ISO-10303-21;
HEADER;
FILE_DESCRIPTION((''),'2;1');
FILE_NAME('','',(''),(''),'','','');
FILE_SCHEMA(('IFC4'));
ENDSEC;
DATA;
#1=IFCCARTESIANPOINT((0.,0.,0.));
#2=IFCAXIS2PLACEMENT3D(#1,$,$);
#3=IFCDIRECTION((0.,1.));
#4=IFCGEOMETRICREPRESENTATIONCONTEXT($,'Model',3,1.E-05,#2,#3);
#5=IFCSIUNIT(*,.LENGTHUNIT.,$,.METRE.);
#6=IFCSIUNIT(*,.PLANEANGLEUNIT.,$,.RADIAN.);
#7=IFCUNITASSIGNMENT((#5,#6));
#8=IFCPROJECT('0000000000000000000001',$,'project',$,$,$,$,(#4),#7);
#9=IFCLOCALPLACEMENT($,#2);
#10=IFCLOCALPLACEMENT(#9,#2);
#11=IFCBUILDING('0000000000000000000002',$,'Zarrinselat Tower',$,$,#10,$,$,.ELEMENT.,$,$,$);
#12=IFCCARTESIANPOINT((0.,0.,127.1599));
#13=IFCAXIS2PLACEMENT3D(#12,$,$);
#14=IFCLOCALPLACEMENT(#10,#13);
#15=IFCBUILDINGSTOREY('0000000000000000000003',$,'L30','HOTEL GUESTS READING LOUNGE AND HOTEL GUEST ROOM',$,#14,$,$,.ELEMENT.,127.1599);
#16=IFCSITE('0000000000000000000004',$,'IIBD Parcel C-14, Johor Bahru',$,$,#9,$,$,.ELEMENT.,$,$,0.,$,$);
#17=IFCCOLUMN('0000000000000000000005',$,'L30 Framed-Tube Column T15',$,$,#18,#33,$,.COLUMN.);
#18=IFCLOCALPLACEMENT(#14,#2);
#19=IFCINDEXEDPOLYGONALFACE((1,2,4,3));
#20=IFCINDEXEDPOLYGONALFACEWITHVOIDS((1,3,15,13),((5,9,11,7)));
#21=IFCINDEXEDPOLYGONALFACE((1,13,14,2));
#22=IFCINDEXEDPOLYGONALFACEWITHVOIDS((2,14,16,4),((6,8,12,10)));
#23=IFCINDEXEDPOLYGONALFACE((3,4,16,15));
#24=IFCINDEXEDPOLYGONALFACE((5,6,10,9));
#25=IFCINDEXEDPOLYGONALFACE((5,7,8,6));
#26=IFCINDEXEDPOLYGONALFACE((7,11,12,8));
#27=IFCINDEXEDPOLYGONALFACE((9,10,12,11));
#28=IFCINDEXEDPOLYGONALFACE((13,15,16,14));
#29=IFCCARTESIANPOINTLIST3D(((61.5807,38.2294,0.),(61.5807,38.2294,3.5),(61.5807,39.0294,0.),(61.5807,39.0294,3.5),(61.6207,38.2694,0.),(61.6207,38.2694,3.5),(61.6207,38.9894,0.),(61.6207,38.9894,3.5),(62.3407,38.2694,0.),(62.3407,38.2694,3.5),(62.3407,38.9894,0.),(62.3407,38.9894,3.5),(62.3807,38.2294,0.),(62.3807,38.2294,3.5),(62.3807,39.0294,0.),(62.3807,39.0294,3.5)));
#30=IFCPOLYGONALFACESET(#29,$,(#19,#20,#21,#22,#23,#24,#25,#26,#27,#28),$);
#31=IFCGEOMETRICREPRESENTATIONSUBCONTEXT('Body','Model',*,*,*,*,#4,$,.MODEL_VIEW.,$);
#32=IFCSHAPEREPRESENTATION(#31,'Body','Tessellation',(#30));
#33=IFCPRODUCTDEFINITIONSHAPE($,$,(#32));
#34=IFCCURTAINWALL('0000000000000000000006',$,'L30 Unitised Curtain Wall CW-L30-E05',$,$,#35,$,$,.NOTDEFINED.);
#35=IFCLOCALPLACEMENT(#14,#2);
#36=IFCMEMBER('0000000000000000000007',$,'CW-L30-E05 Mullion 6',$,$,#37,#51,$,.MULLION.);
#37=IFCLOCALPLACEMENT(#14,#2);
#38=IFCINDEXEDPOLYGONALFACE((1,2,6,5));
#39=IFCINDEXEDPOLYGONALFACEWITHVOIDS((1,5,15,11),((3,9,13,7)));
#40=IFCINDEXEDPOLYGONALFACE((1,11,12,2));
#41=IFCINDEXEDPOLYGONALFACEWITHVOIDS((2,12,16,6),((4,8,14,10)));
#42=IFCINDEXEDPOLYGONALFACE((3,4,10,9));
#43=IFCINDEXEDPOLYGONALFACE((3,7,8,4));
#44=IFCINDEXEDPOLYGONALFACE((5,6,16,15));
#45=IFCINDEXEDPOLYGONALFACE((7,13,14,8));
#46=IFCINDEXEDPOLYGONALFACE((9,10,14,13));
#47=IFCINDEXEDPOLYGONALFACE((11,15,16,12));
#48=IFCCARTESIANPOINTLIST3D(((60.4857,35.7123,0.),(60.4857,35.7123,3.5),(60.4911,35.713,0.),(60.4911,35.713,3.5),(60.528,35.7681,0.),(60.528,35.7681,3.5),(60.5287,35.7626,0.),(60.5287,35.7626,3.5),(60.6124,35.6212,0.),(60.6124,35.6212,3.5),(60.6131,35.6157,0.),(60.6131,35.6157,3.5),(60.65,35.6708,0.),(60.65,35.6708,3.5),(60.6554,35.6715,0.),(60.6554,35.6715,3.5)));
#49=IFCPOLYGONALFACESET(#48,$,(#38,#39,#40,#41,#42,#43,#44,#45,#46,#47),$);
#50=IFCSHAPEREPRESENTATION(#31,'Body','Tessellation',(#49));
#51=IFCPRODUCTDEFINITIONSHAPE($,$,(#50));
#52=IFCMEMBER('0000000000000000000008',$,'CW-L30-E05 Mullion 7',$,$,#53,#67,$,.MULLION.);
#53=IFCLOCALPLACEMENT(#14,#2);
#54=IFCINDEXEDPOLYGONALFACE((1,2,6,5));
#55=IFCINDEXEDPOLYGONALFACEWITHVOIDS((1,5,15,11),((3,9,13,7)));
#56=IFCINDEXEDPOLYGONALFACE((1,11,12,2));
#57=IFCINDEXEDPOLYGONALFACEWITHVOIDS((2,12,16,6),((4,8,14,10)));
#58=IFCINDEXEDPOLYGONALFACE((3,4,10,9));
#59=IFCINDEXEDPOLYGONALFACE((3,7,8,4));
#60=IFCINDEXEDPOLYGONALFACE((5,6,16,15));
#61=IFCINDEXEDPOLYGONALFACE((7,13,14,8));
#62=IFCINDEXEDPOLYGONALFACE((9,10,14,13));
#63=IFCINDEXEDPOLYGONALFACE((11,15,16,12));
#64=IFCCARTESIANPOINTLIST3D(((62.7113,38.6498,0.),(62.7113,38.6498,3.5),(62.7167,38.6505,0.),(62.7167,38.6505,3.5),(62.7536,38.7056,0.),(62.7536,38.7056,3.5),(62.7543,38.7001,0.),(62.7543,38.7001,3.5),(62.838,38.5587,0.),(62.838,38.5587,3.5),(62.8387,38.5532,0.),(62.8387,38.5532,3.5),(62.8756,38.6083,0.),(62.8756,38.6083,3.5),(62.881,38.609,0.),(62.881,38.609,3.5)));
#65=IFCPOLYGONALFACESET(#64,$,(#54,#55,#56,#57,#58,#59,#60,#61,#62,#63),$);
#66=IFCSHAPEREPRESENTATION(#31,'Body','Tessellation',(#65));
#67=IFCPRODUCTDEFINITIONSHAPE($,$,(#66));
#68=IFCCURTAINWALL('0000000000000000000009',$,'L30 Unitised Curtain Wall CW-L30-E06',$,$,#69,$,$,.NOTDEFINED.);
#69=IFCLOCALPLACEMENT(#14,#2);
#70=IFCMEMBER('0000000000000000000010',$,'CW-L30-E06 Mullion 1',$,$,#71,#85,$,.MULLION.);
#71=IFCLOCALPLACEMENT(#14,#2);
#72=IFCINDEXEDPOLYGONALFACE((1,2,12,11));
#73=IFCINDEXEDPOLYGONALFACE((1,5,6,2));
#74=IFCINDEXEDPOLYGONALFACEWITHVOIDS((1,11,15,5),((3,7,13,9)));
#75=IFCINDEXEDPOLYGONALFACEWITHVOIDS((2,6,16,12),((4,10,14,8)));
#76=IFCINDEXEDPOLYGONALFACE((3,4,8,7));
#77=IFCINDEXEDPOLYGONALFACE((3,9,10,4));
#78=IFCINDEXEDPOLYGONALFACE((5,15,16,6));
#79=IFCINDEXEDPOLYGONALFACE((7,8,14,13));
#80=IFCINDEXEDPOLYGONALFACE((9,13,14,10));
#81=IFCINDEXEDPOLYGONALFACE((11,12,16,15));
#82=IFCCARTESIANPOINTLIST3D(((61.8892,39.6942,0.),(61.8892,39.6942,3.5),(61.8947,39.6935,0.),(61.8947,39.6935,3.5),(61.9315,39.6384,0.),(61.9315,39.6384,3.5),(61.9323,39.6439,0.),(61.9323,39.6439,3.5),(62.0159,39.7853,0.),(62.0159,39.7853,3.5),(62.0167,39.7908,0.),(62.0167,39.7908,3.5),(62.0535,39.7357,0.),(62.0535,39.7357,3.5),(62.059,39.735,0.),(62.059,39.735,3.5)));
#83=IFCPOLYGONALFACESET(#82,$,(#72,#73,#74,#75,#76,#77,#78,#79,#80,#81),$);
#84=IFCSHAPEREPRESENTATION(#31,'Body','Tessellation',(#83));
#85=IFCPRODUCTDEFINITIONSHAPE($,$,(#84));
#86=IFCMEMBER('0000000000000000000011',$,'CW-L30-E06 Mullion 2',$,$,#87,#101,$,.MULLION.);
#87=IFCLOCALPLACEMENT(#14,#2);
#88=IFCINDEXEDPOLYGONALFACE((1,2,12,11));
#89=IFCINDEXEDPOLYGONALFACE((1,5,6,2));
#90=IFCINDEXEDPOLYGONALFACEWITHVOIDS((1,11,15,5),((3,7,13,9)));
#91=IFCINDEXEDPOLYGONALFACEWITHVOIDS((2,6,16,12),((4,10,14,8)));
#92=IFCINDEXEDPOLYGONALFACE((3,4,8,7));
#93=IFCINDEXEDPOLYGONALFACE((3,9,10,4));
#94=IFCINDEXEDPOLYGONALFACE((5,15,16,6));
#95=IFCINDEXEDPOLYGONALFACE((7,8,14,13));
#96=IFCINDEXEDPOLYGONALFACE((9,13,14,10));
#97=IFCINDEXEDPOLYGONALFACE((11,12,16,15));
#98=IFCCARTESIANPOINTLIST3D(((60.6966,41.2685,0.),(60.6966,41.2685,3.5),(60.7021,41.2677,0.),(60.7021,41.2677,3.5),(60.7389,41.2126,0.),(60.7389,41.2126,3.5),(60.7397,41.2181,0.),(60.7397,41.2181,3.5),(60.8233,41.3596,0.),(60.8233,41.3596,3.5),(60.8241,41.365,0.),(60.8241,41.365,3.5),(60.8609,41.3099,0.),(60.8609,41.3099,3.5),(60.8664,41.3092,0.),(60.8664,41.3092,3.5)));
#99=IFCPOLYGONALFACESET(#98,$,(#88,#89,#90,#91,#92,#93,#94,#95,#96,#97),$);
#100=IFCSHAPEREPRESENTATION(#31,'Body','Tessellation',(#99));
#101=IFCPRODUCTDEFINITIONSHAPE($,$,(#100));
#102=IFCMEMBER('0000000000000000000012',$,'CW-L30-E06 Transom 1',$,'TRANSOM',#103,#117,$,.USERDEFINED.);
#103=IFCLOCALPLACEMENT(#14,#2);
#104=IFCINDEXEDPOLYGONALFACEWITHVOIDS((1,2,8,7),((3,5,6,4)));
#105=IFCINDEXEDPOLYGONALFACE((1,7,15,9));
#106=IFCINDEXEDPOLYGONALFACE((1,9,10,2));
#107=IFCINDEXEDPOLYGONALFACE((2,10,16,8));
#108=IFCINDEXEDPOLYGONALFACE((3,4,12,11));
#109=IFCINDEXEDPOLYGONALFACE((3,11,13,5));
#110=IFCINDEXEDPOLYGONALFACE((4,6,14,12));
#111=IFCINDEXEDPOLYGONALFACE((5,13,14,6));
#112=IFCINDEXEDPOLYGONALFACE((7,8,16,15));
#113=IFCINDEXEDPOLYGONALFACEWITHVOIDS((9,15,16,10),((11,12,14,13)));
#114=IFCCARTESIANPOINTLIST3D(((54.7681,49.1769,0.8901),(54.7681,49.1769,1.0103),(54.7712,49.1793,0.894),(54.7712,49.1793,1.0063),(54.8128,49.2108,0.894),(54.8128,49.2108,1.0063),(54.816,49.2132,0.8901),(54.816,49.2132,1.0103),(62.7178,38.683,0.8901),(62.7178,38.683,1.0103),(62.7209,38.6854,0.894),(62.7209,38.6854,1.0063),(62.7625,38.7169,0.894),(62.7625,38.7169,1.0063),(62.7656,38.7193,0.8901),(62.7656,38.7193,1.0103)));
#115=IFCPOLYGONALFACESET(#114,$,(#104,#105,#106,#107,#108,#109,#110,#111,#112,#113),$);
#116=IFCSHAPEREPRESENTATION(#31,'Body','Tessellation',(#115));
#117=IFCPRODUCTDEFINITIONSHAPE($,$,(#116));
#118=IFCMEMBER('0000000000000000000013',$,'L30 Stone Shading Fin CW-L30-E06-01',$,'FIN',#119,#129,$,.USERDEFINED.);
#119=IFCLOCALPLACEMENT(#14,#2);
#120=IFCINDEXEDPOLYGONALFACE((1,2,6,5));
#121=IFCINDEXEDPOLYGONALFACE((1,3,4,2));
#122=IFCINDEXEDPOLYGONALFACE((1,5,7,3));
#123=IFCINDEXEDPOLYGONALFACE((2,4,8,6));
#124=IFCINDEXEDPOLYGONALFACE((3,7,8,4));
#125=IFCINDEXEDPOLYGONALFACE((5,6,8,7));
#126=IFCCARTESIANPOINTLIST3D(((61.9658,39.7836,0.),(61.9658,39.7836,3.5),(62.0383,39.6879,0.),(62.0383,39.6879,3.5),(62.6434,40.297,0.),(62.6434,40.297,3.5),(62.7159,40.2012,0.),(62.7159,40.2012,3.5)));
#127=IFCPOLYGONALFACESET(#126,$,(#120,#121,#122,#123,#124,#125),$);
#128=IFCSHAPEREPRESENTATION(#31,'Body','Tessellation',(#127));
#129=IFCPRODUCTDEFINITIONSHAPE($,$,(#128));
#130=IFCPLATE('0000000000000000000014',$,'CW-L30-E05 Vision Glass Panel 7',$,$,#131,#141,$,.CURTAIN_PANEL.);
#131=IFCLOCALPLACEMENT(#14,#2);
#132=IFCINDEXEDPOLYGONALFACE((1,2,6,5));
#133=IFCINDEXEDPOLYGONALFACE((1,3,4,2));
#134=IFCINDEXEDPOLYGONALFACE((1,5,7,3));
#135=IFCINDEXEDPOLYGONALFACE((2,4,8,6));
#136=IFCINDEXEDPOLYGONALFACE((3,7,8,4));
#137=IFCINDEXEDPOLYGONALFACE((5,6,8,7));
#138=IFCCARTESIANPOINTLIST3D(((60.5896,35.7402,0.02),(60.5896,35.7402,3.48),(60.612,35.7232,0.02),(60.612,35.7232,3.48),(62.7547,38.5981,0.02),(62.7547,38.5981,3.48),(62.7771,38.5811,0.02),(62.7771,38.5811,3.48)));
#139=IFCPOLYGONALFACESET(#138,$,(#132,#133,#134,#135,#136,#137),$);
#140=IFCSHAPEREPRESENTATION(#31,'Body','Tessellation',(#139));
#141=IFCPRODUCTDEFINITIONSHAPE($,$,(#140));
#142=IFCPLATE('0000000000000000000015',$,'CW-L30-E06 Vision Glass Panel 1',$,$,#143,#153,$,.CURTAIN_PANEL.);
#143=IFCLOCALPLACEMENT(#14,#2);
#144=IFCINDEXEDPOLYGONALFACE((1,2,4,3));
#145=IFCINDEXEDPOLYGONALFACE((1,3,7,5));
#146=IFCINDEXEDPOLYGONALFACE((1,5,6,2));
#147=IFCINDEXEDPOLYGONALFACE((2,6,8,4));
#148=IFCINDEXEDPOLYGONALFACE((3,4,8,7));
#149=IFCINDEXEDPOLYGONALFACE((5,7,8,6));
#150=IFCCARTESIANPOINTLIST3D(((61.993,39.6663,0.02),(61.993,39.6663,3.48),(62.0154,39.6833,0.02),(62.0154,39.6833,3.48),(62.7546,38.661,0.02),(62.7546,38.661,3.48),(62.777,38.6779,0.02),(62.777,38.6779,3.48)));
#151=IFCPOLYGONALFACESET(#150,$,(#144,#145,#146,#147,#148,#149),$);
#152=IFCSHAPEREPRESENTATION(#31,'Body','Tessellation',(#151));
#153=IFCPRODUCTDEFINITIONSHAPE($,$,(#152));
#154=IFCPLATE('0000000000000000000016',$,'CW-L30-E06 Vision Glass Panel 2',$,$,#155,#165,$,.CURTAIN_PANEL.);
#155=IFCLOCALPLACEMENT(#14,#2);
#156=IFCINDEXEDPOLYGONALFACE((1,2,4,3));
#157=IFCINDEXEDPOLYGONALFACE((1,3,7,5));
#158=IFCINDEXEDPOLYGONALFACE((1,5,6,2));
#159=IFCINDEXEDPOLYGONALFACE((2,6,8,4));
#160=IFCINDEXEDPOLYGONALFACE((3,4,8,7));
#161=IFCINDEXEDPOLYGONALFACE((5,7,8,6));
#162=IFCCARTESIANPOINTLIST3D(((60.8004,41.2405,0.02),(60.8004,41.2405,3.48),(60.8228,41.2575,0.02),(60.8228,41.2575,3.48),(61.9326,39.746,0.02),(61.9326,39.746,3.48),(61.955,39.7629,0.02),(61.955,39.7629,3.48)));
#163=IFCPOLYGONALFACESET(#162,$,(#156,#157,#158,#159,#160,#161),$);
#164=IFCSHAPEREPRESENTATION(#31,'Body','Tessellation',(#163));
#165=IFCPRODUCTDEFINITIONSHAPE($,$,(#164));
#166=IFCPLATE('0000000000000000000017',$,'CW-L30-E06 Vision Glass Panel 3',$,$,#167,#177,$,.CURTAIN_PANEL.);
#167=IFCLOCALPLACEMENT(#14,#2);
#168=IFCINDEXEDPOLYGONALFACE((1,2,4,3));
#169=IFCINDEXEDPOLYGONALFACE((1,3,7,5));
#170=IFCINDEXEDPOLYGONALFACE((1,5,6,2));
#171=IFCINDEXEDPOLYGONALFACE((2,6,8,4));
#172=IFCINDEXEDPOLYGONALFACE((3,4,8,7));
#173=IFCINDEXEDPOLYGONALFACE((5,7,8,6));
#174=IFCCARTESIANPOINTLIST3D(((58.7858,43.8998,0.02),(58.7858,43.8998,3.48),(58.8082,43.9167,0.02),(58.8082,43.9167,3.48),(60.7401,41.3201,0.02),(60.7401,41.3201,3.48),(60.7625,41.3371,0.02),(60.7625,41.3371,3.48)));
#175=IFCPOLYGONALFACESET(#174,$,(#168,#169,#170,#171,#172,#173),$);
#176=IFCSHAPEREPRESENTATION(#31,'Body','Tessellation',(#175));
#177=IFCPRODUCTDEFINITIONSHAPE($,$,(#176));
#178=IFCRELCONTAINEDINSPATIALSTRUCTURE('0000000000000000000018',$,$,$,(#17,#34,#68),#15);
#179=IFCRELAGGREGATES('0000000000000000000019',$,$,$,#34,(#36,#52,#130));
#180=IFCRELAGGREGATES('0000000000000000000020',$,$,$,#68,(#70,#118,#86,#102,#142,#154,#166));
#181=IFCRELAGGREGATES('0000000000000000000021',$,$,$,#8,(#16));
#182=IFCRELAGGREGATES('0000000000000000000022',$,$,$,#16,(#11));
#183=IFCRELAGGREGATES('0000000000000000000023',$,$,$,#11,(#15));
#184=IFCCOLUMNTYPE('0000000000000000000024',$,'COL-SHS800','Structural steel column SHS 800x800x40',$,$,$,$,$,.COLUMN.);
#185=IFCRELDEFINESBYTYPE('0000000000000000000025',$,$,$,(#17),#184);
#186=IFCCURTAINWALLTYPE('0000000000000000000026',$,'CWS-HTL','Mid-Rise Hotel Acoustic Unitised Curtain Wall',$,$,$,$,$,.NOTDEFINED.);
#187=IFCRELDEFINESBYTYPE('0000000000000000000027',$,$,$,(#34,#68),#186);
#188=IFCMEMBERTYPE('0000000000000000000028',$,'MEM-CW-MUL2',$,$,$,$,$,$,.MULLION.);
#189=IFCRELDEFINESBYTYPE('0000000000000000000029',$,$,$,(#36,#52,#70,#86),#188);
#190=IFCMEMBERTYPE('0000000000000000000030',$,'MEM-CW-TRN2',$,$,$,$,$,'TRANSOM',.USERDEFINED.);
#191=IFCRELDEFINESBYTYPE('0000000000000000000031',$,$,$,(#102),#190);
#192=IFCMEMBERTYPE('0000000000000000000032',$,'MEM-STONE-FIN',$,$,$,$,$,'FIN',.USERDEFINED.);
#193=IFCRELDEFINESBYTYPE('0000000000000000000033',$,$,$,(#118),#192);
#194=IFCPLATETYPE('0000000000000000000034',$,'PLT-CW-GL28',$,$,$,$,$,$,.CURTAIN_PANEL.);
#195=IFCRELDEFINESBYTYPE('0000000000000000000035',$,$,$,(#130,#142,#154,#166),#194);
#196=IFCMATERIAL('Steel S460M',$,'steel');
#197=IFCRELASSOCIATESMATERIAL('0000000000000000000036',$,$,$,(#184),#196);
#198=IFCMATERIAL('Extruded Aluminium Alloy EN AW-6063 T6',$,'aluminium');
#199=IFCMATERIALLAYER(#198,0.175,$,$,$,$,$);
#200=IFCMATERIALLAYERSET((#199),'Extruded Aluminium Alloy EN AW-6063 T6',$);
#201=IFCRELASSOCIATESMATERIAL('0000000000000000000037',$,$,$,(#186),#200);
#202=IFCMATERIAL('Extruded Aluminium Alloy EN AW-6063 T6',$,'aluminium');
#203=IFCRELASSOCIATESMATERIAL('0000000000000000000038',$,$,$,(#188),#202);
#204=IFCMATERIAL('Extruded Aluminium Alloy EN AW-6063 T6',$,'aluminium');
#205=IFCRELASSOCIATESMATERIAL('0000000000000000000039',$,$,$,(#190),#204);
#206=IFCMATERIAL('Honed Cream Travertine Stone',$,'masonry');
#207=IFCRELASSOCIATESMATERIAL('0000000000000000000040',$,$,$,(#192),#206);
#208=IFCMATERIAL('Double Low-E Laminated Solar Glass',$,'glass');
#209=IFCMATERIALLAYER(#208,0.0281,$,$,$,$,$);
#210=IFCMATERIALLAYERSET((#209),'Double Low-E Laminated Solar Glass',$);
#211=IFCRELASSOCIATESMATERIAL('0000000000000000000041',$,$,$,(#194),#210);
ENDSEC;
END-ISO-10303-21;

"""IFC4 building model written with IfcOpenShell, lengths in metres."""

from ifc_helpers import new_model, si_unit, direction, frame, origin, origin_2d, place, context, subcontext, project, spatial, rectangle, hollow_rectangle, extrude, material, layer, layer_set, material_profile, profile_set, type_object, element, aggregate, save


model = new_model("IFC4")

# Units and contexts
model_context = context("Model", 3, precision=1e-05, world=origin(), true_north=direction((0.0, 1.0)))
body_context = subcontext(model_context, "Body", "Model", "MODEL_VIEW")
ifc_project = project(units=[si_unit("LENGTHUNIT", "METRE"), si_unit("PLANEANGLEUNIT", "RADIAN")], contexts=[model_context])

# Site, building, storey
site_placement = place(None, origin())
site = spatial("IfcSite", under=ifc_project, at=site_placement, Name="IIBD Parcel C-14, Johor Bahru", CompositionType="ELEMENT", RefElevation=0.0)
building_placement = place(site_placement, origin())
building = spatial("IfcBuilding", under=site, at=building_placement, Name="Zarrinselat Tower", CompositionType="ELEMENT")
storey_placement = place(building_placement, frame((0.0, 0.0, 127.1599)))
storey = spatial("IfcBuildingStorey", under=building, at=storey_placement, Name="L30", Description="HOTEL GUESTS READING LOUNGE AND HOTEL GUEST ROOM", CompositionType="ELEMENT", Elevation=127.1599)

# Column
ifc_material_1 = material(Name="Steel S460M", Category="steel")
ifc_material_profile_1 = material_profile(ifc_material_1, hollow_rectangle(XDim=0.8, YDim=0.8, WallThickness=0.04, at=origin_2d()), Name="SHS 800x800x40")
ifc_profile_set_1 = profile_set([ifc_material_profile_1], Name="Steel S460M")
column_type = type_object("IfcColumnType", Name="COL-SHS800", Description="Structural steel column SHS 800x800x40", PredefinedType="COLUMN", material=ifc_profile_set_1)
column_placement = place(storey_placement, frame((61.9807, 38.6294, 0.0), z_axis=(0.0, 0.0, 1.0), x_axis=(1.0, 0.0, 0.0)))
element("IfcColumn", 1, at=column_placement, inside=storey, type_object=column_type, Name="L30 Framed-Tube Column T15", PredefinedType="COLUMN", context=body_context, shape_type="SweptSolid", body=[
    extrude(hollow_rectangle(XDim=0.8, YDim=0.8, WallThickness=0.04, at=origin_2d()), origin(), (0.0, 0.0, 1.0), 3.5),
])

# Curtain walls, members
ifc_material_2 = material(Name="Extruded Aluminium Alloy EN AW-6063 T6", Category="aluminium")
ifc_layer_1 = layer(ifc_material_2, 0.175)
ifc_layer_set_1 = layer_set([ifc_layer_1], Name="Extruded Aluminium Alloy EN AW-6063 T6")
curtain_wall_type = type_object("IfcCurtainWallType", Name="CWS-HTL", Description="Mid-Rise Hotel Acoustic Unitised Curtain Wall", PredefinedType="NOTDEFINED", material=ifc_layer_set_1)
curtain_wall_1_placement = place(storey_placement, origin())
curtain_wall_1 = element("IfcCurtainWall", 2, at=curtain_wall_1_placement, inside=storey, type_object=curtain_wall_type, Name="L30 Unitised Curtain Wall CW-L30-E05", PredefinedType="NOTDEFINED")
ifc_material_3 = material(Name="Extruded Aluminium Alloy EN AW-6063 T6", Category="aluminium")
ifc_material_profile_2 = material_profile(ifc_material_3, hollow_rectangle(XDim=0.0701, YDim=0.1599, WallThickness=0.0039, at=origin_2d()), Name="RHS 160x70x4")
ifc_profile_set_2 = profile_set([ifc_material_profile_2], Name="Extruded Aluminium Alloy EN AW-6063 T6")
member_type_1 = type_object("IfcMemberType", Name="MEM-CW-MUL2", PredefinedType="MULLION", material=ifc_profile_set_2)
member_1_placement = place(storey_placement, frame((60.5706, 35.6919, 0.0), z_axis=(0.0, 0.0, 1.0), x_axis=(0.603858, 0.797092, 0.0)))
member_1 = element("IfcMember", 3, at=member_1_placement, type_object=member_type_1, Name="CW-L30-E05 Mullion 6", PredefinedType="MULLION", context=body_context, shape_type="SweptSolid", body=[
    extrude(hollow_rectangle(XDim=0.0701, YDim=0.1599, WallThickness=0.0039, at=origin_2d()), origin(), (0.0, 0.0, 1.0), 3.5),
])
member_2_placement = place(storey_placement, frame((62.7961, 38.6294, 0.0), z_axis=(0.0, 0.0, 1.0), x_axis=(0.603858, 0.797092, 0.0)))
member_2 = element("IfcMember", 4, at=member_2_placement, type_object=member_type_1, Name="CW-L30-E05 Mullion 7", PredefinedType="MULLION", context=body_context, shape_type="SweptSolid", body=[
    extrude(hollow_rectangle(XDim=0.0701, YDim=0.1599, WallThickness=0.0039, at=origin_2d()), origin(), (0.0, 0.0, 1.0), 3.5),
])
curtain_wall_2_placement = place(storey_placement, origin())
curtain_wall_2 = element("IfcCurtainWall", 5, at=curtain_wall_2_placement, inside=storey, type_object=curtain_wall_type, Name="L30 Unitised Curtain Wall CW-L30-E06", PredefinedType="NOTDEFINED")
member_3_placement = place(storey_placement, frame((61.9741, 39.7146, 0.0), z_axis=(0.0, 0.0, 1.0), x_axis=(-0.603858, 0.797092, 0.0)))
member_3 = element("IfcMember", 6, at=member_3_placement, type_object=member_type_1, Name="CW-L30-E06 Mullion 1", PredefinedType="MULLION", context=body_context, shape_type="SweptSolid", body=[
    extrude(hollow_rectangle(XDim=0.0701, YDim=0.1599, WallThickness=0.0039, at=origin_2d()), origin(), (0.0, 0.0, 1.0), 3.5),
])
member_4_placement = place(storey_placement, frame((60.7815, 41.2888, 0.0), z_axis=(0.0, 0.0, 1.0), x_axis=(-0.603858, 0.797092, 0.0)))
member_4 = element("IfcMember", 7, at=member_4_placement, type_object=member_type_1, Name="CW-L30-E06 Mullion 2", PredefinedType="MULLION", context=body_context, shape_type="SweptSolid", body=[
    extrude(hollow_rectangle(XDim=0.0701, YDim=0.1599, WallThickness=0.0039, at=origin_2d()), origin(), (0.0, 0.0, 1.0), 3.5),
])
ifc_material_4 = material(Name="Extruded Aluminium Alloy EN AW-6063 T6", Category="aluminium")
ifc_material_profile_3 = material_profile(ifc_material_4, hollow_rectangle(XDim=0.0601, YDim=0.1201, WallThickness=0.0039, at=origin_2d()), Name="RHS 120x60x4")
ifc_profile_set_3 = profile_set([ifc_material_profile_3], Name="Extruded Aluminium Alloy EN AW-6063 T6")
member_type_2 = type_object("IfcMemberType", Name="MEM-CW-TRN2", ElementType="TRANSOM", PredefinedType="USERDEFINED", material=ifc_profile_set_3)
member_5_placement = place(storey_placement, frame((62.7417, 38.7012, 0.9502), z_axis=(-0.603847, 0.7971, 0.0), x_axis=(-0.7971, -0.603847, 0.0)))
member_5 = element("IfcMember", 8, at=member_5_placement, type_object=member_type_2, Name="CW-L30-E06 Transom 1", ObjectType="TRANSOM", PredefinedType="USERDEFINED", context=body_context, shape_type="SweptSolid", body=[
    extrude(hollow_rectangle(XDim=0.0601, YDim=0.1201, WallThickness=0.0039, at=origin_2d()), origin(), (0.0, 0.0, 1.0), 13.165),
])
ifc_material_5 = material(Name="Honed Cream Travertine Stone", Category="masonry")
ifc_material_profile_4 = material_profile(ifc_material_5, rectangle(XDim=0.1201, YDim=0.8501, at=origin_2d()), Name="FIN 850x120")
ifc_profile_set_4 = profile_set([ifc_material_profile_4], Name="Honed Cream Travertine Stone")
member_type_3 = type_object("IfcMemberType", Name="MEM-STONE-FIN", ElementType="FIN", PredefinedType="USERDEFINED", material=ifc_profile_set_4)
member_6_placement = place(storey_placement, frame((62.3408, 39.9924, 0.0), z_axis=(0.0, 0.0, 1.0), x_axis=(0.603858, -0.797092, 0.0)))
member_6 = element("IfcMember", 9, at=member_6_placement, type_object=member_type_3, Name="L30 Stone Shading Fin CW-L30-E06-01", ObjectType="FIN", PredefinedType="USERDEFINED", context=body_context, shape_type="SweptSolid", body=[
    extrude(rectangle(XDim=0.1201, YDim=0.8501, at=origin_2d()), origin(), (0.0, 0.0, 1.0), 3.5),
])

# Plates
ifc_material_6 = material(Name="Double Low-E Laminated Solar Glass", Category="glass")
ifc_layer_2 = layer(ifc_material_6, 0.0281)
ifc_layer_set_2 = layer_set([ifc_layer_2], Name="Double Low-E Laminated Solar Glass")
plate_type = type_object("IfcPlateType", Name="PLT-CW-GL28", PredefinedType="CURTAIN_PANEL", material=ifc_layer_set_2)
plate_1_placement = place(storey_placement, frame((61.6833, 37.1606, 0.02), z_axis=(0.0, 0.0, 1.0), x_axis=(0.603858, 0.797092, 0.0)))
plate_1 = element("IfcPlate", 10, at=plate_1_placement, type_object=plate_type, Name="CW-L30-E05 Vision Glass Panel 7", PredefinedType="CURTAIN_PANEL", context=body_context, shape_type="SweptSolid", body=[
    extrude(rectangle(XDim=3.5854, YDim=0.0281, at=origin_2d()), origin(), (0.0, 0.0, 1.0), 3.46),
])
aggregate(curtain_wall_1, [member_1, member_2, plate_1])
plate_2_placement = place(storey_placement, frame((62.385, 39.1721, 0.02), z_axis=(0.0, 0.0, 1.0), x_axis=(-0.603858, 0.797092, 0.0)))
plate_2 = element("IfcPlate", 11, at=plate_2_placement, type_object=plate_type, Name="CW-L30-E06 Vision Glass Panel 1", PredefinedType="CURTAIN_PANEL", context=body_context, shape_type="SweptSolid", body=[
    extrude(rectangle(XDim=1.2612, YDim=0.0281, at=origin_2d()), origin(), (0.0, 0.0, 1.0), 3.46),
])
plate_3_placement = place(storey_placement, frame((61.3777, 40.5017, 0.02), z_axis=(0.0, 0.0, 1.0), x_axis=(-0.603858, 0.797092, 0.0)))
plate_3 = element("IfcPlate", 12, at=plate_3_placement, type_object=plate_type, Name="CW-L30-E06 Vision Glass Panel 2", PredefinedType="CURTAIN_PANEL", context=body_context, shape_type="SweptSolid", body=[
    extrude(rectangle(XDim=1.875, YDim=0.0281, at=origin_2d()), origin(), (0.0, 0.0, 1.0), 3.46),
])
plate_4_placement = place(storey_placement, frame((59.7742, 42.6184, 0.02), z_axis=(0.0, 0.0, 1.0), x_axis=(-0.603858, 0.797092, 0.0)))
plate_4 = element("IfcPlate", 13, at=plate_4_placement, type_object=plate_type, Name="CW-L30-E06 Vision Glass Panel 3", PredefinedType="CURTAIN_PANEL", context=body_context, shape_type="SweptSolid", body=[
    extrude(rectangle(XDim=3.2363, YDim=0.0281, at=origin_2d()), origin(), (0.0, 0.0, 1.0), 3.46),
])
aggregate(curtain_wall_2, [member_3, member_6, member_4, member_5, plate_2, plate_3, plate_4])

save(model, "model.ifc")
